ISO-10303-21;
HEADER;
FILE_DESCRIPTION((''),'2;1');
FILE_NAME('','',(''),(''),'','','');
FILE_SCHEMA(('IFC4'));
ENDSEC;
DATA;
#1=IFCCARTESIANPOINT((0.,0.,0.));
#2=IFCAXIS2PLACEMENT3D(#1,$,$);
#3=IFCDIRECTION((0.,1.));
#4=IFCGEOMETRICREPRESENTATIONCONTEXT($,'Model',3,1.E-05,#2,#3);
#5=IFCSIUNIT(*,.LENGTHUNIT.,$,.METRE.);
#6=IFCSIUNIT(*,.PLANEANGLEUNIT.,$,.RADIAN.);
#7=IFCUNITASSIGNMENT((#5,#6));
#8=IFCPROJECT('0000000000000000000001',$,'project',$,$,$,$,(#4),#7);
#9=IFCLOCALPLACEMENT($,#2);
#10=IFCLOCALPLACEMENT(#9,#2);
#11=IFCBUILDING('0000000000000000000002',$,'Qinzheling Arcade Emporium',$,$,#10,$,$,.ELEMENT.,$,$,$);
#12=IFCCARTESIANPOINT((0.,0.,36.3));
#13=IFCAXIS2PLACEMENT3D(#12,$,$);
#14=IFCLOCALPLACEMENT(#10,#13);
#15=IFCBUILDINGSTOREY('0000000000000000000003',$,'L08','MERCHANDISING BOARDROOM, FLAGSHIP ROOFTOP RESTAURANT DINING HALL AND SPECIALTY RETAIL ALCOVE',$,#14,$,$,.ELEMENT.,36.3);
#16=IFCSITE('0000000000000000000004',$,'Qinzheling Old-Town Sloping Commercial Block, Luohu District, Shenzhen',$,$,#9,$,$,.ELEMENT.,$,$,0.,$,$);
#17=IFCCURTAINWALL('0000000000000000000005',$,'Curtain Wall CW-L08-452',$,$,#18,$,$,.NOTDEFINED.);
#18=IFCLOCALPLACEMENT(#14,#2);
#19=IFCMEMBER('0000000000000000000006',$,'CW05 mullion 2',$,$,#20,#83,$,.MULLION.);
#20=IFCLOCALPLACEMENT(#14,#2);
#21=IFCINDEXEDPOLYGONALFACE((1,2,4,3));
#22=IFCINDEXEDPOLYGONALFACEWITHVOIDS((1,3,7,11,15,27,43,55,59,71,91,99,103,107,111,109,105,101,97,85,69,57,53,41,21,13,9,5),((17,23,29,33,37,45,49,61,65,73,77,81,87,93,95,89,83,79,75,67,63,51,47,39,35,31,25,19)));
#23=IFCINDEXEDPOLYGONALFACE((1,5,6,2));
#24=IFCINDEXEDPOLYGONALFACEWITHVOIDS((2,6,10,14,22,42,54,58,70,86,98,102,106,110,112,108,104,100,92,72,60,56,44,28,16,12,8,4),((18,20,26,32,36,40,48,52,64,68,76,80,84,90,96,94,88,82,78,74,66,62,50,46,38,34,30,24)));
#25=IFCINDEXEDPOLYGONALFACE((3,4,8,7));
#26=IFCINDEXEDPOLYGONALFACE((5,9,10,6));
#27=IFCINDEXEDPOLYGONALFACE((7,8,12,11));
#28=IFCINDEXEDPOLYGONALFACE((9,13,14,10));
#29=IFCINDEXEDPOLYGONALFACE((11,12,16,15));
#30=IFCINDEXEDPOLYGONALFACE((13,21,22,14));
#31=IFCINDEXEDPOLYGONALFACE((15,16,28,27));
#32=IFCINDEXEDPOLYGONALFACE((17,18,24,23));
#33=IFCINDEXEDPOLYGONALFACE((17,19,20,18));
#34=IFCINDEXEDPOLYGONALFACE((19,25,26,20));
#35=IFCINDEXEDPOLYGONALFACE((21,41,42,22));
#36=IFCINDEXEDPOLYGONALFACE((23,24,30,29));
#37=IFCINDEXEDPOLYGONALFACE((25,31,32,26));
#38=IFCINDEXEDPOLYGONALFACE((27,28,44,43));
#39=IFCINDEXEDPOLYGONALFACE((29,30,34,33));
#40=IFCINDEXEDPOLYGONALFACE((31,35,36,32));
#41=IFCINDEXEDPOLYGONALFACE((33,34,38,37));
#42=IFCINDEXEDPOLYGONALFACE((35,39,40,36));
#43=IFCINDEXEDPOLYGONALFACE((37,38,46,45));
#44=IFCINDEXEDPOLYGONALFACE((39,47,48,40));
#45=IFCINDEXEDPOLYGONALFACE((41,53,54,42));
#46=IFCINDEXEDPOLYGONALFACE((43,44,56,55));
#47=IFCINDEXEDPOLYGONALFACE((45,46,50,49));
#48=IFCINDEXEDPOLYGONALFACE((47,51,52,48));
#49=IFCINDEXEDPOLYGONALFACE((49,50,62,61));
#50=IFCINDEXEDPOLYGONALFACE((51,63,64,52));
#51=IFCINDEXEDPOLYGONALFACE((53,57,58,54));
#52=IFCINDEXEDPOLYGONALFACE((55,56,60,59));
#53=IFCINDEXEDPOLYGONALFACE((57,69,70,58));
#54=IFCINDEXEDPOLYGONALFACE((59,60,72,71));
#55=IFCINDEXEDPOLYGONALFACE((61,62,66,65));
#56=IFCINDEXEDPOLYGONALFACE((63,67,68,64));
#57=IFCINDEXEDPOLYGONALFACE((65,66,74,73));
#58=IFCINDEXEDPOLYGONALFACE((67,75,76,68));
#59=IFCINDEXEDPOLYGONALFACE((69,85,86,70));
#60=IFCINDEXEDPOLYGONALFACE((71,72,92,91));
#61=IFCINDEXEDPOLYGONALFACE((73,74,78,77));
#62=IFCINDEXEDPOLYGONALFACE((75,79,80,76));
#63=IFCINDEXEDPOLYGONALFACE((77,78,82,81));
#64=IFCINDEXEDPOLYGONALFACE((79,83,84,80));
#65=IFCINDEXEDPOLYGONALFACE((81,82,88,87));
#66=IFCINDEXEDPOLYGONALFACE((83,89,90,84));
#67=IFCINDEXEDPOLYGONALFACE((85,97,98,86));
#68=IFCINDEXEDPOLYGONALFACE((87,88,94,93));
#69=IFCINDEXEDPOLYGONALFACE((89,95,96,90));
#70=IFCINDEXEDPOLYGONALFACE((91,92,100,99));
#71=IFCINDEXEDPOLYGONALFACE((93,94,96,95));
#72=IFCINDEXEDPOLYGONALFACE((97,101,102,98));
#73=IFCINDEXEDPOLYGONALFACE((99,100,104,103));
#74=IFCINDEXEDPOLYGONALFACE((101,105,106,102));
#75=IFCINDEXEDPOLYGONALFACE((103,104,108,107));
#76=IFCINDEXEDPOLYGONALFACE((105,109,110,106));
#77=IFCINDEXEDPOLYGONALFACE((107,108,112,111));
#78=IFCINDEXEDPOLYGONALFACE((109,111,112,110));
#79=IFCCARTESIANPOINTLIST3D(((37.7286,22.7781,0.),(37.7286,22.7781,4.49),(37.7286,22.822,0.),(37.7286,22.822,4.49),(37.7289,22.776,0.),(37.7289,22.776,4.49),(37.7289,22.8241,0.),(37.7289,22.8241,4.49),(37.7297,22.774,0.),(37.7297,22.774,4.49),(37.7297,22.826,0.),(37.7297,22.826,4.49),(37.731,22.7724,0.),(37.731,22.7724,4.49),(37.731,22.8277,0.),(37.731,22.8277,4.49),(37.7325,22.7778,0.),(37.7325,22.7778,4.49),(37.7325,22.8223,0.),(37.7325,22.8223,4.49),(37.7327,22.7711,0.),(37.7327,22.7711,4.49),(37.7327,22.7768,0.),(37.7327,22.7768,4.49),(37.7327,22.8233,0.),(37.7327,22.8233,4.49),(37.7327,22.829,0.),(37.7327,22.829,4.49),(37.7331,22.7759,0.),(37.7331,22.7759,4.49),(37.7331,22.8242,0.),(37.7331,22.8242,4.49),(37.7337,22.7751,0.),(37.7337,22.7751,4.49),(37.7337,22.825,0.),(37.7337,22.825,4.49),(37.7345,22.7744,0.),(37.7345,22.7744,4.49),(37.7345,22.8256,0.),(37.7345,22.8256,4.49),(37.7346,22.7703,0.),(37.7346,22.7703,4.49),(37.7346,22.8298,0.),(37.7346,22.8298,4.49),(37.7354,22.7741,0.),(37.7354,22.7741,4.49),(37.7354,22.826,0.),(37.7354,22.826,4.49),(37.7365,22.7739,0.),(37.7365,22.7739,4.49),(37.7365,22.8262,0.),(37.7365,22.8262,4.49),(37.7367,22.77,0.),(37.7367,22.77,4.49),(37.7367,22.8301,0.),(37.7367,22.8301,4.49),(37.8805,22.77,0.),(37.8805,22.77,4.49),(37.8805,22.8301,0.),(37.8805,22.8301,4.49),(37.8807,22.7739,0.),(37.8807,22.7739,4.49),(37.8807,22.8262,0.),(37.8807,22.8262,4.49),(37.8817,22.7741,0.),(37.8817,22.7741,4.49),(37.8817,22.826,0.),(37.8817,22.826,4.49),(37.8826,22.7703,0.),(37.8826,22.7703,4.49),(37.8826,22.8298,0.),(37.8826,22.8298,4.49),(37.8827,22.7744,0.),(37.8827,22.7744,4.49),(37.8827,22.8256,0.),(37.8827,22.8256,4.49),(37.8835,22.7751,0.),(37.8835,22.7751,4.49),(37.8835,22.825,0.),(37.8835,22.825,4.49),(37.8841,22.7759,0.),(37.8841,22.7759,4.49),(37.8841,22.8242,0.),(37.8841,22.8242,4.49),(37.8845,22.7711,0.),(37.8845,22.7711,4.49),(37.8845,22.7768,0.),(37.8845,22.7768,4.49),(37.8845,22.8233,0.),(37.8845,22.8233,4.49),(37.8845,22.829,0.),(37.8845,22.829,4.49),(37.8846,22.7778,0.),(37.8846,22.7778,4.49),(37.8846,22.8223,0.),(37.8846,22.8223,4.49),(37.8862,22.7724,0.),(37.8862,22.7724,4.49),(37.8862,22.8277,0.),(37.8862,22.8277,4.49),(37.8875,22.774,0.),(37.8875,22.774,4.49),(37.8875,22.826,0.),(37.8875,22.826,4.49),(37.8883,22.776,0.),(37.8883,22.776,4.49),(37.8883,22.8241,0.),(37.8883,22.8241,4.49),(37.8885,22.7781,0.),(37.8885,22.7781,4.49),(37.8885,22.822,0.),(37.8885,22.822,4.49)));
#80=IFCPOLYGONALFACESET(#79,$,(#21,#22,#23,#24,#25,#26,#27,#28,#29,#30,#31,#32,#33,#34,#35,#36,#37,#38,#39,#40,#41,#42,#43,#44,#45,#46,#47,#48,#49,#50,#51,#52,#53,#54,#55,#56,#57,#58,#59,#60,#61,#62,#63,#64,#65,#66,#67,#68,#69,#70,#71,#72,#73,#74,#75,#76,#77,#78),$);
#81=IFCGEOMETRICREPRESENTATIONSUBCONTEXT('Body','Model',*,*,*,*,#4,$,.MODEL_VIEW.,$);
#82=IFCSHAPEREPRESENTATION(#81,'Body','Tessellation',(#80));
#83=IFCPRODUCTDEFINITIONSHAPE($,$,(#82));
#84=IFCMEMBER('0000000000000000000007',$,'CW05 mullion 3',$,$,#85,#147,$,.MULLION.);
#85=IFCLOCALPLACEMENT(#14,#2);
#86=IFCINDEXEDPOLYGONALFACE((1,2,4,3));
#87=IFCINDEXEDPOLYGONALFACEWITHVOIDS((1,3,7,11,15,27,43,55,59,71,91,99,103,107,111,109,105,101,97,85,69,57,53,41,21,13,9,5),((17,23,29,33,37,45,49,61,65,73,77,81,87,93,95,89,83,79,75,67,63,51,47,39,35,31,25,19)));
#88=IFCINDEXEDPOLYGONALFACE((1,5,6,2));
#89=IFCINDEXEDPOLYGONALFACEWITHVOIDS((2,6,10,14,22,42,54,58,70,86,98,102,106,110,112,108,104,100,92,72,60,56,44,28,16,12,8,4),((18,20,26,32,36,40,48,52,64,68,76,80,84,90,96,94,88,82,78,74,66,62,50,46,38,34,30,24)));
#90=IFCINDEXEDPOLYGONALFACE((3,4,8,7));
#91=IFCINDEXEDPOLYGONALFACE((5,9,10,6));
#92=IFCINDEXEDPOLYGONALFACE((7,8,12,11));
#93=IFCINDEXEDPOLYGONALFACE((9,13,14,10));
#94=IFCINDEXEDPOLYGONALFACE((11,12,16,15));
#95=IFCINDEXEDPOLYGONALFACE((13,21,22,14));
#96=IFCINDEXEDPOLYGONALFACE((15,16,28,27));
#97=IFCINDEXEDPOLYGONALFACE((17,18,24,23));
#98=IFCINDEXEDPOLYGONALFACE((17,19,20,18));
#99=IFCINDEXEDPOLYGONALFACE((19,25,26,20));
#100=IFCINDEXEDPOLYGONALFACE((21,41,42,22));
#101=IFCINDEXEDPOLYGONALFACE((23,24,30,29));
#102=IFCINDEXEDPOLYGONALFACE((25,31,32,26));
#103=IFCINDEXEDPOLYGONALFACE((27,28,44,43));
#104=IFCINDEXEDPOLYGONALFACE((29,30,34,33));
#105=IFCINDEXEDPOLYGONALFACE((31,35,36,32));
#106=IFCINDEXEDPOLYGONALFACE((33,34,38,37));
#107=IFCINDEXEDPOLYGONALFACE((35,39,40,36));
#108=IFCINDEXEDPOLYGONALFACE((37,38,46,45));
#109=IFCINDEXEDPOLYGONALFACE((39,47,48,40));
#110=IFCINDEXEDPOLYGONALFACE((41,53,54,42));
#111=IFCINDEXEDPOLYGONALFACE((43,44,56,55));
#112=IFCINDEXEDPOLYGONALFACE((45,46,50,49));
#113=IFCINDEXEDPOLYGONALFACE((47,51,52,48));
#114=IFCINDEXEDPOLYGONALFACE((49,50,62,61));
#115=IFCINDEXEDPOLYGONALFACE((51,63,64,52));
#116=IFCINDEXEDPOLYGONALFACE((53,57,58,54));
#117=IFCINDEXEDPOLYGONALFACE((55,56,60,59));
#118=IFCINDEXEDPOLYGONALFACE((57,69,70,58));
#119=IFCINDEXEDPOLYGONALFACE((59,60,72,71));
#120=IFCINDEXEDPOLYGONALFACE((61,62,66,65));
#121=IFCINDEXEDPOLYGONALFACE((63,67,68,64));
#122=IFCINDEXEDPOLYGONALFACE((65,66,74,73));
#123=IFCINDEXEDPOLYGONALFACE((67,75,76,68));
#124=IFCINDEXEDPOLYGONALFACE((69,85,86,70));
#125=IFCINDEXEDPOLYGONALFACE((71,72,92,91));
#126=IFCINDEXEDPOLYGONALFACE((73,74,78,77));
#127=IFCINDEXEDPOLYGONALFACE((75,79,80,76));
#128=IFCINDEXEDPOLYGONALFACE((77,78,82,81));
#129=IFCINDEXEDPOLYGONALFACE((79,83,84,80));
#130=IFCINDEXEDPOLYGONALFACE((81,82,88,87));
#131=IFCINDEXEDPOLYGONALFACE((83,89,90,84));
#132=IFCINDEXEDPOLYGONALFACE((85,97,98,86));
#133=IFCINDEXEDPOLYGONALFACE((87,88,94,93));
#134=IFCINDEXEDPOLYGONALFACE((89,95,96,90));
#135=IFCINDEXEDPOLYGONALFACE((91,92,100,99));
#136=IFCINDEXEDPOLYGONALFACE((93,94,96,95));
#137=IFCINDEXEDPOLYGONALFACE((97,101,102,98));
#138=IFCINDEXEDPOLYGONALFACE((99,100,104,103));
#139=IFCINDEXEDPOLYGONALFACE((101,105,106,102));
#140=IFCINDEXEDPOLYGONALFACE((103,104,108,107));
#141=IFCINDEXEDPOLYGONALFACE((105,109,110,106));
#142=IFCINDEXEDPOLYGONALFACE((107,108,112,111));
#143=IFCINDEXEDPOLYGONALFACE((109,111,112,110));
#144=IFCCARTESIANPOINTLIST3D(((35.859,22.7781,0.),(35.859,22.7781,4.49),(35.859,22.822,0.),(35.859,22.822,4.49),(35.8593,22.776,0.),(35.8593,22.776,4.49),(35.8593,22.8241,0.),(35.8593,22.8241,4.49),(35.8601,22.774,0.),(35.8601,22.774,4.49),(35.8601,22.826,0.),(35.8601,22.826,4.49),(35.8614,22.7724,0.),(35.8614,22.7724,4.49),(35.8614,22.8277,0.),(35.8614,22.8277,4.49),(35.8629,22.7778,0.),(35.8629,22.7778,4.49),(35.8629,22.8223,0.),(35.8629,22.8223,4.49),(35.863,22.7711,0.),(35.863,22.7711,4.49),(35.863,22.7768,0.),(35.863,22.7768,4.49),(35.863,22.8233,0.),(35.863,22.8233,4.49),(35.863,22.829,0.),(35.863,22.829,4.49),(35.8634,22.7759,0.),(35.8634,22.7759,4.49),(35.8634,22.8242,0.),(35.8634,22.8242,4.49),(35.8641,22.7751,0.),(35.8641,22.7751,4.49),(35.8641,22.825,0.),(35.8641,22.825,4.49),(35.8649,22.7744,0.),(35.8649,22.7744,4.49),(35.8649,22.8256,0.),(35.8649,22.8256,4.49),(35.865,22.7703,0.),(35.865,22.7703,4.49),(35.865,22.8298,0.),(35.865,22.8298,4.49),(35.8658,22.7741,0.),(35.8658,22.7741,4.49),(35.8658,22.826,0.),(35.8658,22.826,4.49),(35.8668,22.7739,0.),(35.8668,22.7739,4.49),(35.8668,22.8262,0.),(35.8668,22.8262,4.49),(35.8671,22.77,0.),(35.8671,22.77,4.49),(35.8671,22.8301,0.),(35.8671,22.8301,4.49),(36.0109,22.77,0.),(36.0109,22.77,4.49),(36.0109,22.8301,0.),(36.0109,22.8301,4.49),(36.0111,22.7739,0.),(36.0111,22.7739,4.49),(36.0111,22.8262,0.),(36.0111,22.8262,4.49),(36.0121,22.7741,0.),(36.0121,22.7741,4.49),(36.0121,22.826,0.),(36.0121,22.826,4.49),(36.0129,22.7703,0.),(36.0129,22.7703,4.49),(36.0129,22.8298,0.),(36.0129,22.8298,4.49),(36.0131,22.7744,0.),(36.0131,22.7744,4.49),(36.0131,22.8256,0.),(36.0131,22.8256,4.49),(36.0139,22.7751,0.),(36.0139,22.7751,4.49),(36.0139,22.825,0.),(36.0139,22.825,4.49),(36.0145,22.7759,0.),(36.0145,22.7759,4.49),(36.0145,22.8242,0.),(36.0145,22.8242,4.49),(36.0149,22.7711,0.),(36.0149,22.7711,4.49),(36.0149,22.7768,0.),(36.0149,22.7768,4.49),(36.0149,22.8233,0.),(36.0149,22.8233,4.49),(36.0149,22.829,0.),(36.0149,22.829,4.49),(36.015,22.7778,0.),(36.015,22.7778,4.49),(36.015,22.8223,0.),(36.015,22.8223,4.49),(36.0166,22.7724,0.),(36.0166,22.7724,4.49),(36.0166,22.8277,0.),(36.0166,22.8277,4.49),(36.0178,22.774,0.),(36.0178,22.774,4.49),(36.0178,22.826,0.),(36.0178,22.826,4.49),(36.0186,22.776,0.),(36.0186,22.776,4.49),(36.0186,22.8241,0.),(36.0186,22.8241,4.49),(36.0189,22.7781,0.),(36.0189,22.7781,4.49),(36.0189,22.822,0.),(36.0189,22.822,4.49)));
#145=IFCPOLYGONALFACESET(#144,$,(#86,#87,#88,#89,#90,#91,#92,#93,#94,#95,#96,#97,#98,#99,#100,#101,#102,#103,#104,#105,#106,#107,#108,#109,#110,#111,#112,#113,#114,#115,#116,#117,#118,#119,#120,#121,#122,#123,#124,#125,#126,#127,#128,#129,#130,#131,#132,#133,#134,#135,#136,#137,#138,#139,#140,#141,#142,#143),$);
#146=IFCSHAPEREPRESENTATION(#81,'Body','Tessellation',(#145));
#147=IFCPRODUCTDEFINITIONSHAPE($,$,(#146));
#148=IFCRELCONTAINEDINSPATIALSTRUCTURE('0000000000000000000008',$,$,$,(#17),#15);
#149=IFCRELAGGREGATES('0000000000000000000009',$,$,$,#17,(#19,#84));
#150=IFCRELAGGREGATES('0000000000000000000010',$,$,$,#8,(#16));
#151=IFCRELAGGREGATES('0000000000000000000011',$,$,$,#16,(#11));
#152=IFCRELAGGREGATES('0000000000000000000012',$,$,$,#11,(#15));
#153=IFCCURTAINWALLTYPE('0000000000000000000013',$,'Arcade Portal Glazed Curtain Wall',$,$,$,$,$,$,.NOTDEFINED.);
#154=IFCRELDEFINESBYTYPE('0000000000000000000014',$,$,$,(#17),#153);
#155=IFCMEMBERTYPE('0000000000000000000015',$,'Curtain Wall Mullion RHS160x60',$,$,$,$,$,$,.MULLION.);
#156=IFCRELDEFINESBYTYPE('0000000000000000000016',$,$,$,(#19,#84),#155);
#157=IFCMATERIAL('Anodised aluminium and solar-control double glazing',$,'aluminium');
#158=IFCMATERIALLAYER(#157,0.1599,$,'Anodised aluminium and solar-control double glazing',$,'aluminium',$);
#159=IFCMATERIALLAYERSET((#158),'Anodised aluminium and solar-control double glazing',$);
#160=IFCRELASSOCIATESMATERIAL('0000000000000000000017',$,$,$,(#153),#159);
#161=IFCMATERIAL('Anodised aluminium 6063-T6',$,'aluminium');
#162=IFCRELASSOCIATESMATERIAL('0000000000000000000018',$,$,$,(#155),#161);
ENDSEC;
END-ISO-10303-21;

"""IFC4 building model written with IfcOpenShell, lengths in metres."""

from ifc_helpers import new_model, si_unit, direction, frame, origin, origin_2d, place, context, subcontext, project, spatial, hollow_rectangle, extrude, material, layer, layer_set, material_profile, profile_set, type_object, element, aggregate, save


model = new_model("IFC4")

# Units and contexts
model_context = context("Model", 3, precision=1e-05, world=origin(), true_north=direction((0.0, 1.0)))
body_context = subcontext(model_context, "Body", "Model", "MODEL_VIEW")
ifc_project = project(units=[si_unit("LENGTHUNIT", "METRE"), si_unit("PLANEANGLEUNIT", "RADIAN")], contexts=[model_context])

# Site, building, storey
site_placement = place(None, origin())
site = spatial("IfcSite", under=ifc_project, at=site_placement, Name="Qinzheling Old-Town Sloping Commercial Block, Luohu District, Shenzhen", CompositionType="ELEMENT", RefElevation=0.0)
building_placement = place(site_placement, origin())
building = spatial("IfcBuilding", under=site, at=building_placement, Name="Qinzheling Arcade Emporium", CompositionType="ELEMENT")
storey_placement = place(building_placement, frame((0.0, 0.0, 36.3)))
storey = spatial("IfcBuildingStorey", under=building, at=storey_placement, Name="L08", Description="MERCHANDISING BOARDROOM, FLAGSHIP ROOFTOP RESTAURANT DINING HALL AND SPECIALTY RETAIL ALCOVE", CompositionType="ELEMENT", Elevation=36.3)

# Shared definitions
ifc_material_1 = material(Name="Anodised aluminium and solar-control double glazing", Category="aluminium")
ifc_layer_1 = layer(ifc_material_1, 0.1599, Name="Anodised aluminium and solar-control double glazing", Category="aluminium")
ifc_layer_set_1 = layer_set([ifc_layer_1], Name="Anodised aluminium and solar-control double glazing")
curtain_wall_type = type_object("IfcCurtainWallType", Name="Arcade Portal Glazed Curtain Wall", PredefinedType="NOTDEFINED", material=ifc_layer_set_1)
ifc_material_2 = material(Name="Anodised aluminium 6063-T6", Category="aluminium")
ifc_material_profile_1 = material_profile(ifc_material_2, hollow_rectangle(XDim=0.0601, YDim=0.1599, WallThickness=0.0039, InnerFilletRadius=0.0039, OuterFilletRadius=0.0081, at=origin_2d()), Name="RHS 160x60x4", Category="aluminium")
ifc_profile_set_1 = profile_set([ifc_material_profile_1], Name="Anodised aluminium 6063-T6")
member_type_1 = type_object("IfcMemberType", Name="Curtain Wall Mullion RHS160x60", PredefinedType="MULLION", material=ifc_profile_set_1)

# Curtain wall, members
curtain_wall_1_placement = place(storey_placement, origin())
curtain_wall_1 = element("IfcCurtainWall", 1, at=curtain_wall_1_placement, inside=storey, type_object=curtain_wall_type, Name="Curtain Wall CW-L08-452", PredefinedType="NOTDEFINED")
member_1_placement = place(storey_placement, frame((37.8086, 22.8, 0.0), z_axis=(0.0, 0.0, 1.0), x_axis=(0.0, -1.0, 0.0)))
member_1 = element("IfcMember", 2, at=member_1_placement, type_object=member_type_1, Name="CW05 mullion 2", PredefinedType="MULLION", context=body_context, shape_type="SweptSolid", body=[
    extrude(hollow_rectangle(XDim=0.0601, YDim=0.1599, WallThickness=0.0039, InnerFilletRadius=0.0039, OuterFilletRadius=0.0081, at=origin_2d()), origin(), (0.0, 0.0, 1.0), 4.49),
])
member_2_placement = place(storey_placement, frame((35.939, 22.8, 0.0), z_axis=(0.0, 0.0, 1.0), x_axis=(0.0, -1.0, 0.0)))
member_2 = element("IfcMember", 3, at=member_2_placement, type_object=member_type_1, Name="CW05 mullion 3", PredefinedType="MULLION", context=body_context, shape_type="SweptSolid", body=[
    extrude(hollow_rectangle(XDim=0.0601, YDim=0.1599, WallThickness=0.0039, InnerFilletRadius=0.0039, OuterFilletRadius=0.0081, at=origin_2d()), origin(), (0.0, 0.0, 1.0), 4.49),
])

aggregate(curtain_wall_1, [member_1, member_2])

save(model, "model.ifc")
